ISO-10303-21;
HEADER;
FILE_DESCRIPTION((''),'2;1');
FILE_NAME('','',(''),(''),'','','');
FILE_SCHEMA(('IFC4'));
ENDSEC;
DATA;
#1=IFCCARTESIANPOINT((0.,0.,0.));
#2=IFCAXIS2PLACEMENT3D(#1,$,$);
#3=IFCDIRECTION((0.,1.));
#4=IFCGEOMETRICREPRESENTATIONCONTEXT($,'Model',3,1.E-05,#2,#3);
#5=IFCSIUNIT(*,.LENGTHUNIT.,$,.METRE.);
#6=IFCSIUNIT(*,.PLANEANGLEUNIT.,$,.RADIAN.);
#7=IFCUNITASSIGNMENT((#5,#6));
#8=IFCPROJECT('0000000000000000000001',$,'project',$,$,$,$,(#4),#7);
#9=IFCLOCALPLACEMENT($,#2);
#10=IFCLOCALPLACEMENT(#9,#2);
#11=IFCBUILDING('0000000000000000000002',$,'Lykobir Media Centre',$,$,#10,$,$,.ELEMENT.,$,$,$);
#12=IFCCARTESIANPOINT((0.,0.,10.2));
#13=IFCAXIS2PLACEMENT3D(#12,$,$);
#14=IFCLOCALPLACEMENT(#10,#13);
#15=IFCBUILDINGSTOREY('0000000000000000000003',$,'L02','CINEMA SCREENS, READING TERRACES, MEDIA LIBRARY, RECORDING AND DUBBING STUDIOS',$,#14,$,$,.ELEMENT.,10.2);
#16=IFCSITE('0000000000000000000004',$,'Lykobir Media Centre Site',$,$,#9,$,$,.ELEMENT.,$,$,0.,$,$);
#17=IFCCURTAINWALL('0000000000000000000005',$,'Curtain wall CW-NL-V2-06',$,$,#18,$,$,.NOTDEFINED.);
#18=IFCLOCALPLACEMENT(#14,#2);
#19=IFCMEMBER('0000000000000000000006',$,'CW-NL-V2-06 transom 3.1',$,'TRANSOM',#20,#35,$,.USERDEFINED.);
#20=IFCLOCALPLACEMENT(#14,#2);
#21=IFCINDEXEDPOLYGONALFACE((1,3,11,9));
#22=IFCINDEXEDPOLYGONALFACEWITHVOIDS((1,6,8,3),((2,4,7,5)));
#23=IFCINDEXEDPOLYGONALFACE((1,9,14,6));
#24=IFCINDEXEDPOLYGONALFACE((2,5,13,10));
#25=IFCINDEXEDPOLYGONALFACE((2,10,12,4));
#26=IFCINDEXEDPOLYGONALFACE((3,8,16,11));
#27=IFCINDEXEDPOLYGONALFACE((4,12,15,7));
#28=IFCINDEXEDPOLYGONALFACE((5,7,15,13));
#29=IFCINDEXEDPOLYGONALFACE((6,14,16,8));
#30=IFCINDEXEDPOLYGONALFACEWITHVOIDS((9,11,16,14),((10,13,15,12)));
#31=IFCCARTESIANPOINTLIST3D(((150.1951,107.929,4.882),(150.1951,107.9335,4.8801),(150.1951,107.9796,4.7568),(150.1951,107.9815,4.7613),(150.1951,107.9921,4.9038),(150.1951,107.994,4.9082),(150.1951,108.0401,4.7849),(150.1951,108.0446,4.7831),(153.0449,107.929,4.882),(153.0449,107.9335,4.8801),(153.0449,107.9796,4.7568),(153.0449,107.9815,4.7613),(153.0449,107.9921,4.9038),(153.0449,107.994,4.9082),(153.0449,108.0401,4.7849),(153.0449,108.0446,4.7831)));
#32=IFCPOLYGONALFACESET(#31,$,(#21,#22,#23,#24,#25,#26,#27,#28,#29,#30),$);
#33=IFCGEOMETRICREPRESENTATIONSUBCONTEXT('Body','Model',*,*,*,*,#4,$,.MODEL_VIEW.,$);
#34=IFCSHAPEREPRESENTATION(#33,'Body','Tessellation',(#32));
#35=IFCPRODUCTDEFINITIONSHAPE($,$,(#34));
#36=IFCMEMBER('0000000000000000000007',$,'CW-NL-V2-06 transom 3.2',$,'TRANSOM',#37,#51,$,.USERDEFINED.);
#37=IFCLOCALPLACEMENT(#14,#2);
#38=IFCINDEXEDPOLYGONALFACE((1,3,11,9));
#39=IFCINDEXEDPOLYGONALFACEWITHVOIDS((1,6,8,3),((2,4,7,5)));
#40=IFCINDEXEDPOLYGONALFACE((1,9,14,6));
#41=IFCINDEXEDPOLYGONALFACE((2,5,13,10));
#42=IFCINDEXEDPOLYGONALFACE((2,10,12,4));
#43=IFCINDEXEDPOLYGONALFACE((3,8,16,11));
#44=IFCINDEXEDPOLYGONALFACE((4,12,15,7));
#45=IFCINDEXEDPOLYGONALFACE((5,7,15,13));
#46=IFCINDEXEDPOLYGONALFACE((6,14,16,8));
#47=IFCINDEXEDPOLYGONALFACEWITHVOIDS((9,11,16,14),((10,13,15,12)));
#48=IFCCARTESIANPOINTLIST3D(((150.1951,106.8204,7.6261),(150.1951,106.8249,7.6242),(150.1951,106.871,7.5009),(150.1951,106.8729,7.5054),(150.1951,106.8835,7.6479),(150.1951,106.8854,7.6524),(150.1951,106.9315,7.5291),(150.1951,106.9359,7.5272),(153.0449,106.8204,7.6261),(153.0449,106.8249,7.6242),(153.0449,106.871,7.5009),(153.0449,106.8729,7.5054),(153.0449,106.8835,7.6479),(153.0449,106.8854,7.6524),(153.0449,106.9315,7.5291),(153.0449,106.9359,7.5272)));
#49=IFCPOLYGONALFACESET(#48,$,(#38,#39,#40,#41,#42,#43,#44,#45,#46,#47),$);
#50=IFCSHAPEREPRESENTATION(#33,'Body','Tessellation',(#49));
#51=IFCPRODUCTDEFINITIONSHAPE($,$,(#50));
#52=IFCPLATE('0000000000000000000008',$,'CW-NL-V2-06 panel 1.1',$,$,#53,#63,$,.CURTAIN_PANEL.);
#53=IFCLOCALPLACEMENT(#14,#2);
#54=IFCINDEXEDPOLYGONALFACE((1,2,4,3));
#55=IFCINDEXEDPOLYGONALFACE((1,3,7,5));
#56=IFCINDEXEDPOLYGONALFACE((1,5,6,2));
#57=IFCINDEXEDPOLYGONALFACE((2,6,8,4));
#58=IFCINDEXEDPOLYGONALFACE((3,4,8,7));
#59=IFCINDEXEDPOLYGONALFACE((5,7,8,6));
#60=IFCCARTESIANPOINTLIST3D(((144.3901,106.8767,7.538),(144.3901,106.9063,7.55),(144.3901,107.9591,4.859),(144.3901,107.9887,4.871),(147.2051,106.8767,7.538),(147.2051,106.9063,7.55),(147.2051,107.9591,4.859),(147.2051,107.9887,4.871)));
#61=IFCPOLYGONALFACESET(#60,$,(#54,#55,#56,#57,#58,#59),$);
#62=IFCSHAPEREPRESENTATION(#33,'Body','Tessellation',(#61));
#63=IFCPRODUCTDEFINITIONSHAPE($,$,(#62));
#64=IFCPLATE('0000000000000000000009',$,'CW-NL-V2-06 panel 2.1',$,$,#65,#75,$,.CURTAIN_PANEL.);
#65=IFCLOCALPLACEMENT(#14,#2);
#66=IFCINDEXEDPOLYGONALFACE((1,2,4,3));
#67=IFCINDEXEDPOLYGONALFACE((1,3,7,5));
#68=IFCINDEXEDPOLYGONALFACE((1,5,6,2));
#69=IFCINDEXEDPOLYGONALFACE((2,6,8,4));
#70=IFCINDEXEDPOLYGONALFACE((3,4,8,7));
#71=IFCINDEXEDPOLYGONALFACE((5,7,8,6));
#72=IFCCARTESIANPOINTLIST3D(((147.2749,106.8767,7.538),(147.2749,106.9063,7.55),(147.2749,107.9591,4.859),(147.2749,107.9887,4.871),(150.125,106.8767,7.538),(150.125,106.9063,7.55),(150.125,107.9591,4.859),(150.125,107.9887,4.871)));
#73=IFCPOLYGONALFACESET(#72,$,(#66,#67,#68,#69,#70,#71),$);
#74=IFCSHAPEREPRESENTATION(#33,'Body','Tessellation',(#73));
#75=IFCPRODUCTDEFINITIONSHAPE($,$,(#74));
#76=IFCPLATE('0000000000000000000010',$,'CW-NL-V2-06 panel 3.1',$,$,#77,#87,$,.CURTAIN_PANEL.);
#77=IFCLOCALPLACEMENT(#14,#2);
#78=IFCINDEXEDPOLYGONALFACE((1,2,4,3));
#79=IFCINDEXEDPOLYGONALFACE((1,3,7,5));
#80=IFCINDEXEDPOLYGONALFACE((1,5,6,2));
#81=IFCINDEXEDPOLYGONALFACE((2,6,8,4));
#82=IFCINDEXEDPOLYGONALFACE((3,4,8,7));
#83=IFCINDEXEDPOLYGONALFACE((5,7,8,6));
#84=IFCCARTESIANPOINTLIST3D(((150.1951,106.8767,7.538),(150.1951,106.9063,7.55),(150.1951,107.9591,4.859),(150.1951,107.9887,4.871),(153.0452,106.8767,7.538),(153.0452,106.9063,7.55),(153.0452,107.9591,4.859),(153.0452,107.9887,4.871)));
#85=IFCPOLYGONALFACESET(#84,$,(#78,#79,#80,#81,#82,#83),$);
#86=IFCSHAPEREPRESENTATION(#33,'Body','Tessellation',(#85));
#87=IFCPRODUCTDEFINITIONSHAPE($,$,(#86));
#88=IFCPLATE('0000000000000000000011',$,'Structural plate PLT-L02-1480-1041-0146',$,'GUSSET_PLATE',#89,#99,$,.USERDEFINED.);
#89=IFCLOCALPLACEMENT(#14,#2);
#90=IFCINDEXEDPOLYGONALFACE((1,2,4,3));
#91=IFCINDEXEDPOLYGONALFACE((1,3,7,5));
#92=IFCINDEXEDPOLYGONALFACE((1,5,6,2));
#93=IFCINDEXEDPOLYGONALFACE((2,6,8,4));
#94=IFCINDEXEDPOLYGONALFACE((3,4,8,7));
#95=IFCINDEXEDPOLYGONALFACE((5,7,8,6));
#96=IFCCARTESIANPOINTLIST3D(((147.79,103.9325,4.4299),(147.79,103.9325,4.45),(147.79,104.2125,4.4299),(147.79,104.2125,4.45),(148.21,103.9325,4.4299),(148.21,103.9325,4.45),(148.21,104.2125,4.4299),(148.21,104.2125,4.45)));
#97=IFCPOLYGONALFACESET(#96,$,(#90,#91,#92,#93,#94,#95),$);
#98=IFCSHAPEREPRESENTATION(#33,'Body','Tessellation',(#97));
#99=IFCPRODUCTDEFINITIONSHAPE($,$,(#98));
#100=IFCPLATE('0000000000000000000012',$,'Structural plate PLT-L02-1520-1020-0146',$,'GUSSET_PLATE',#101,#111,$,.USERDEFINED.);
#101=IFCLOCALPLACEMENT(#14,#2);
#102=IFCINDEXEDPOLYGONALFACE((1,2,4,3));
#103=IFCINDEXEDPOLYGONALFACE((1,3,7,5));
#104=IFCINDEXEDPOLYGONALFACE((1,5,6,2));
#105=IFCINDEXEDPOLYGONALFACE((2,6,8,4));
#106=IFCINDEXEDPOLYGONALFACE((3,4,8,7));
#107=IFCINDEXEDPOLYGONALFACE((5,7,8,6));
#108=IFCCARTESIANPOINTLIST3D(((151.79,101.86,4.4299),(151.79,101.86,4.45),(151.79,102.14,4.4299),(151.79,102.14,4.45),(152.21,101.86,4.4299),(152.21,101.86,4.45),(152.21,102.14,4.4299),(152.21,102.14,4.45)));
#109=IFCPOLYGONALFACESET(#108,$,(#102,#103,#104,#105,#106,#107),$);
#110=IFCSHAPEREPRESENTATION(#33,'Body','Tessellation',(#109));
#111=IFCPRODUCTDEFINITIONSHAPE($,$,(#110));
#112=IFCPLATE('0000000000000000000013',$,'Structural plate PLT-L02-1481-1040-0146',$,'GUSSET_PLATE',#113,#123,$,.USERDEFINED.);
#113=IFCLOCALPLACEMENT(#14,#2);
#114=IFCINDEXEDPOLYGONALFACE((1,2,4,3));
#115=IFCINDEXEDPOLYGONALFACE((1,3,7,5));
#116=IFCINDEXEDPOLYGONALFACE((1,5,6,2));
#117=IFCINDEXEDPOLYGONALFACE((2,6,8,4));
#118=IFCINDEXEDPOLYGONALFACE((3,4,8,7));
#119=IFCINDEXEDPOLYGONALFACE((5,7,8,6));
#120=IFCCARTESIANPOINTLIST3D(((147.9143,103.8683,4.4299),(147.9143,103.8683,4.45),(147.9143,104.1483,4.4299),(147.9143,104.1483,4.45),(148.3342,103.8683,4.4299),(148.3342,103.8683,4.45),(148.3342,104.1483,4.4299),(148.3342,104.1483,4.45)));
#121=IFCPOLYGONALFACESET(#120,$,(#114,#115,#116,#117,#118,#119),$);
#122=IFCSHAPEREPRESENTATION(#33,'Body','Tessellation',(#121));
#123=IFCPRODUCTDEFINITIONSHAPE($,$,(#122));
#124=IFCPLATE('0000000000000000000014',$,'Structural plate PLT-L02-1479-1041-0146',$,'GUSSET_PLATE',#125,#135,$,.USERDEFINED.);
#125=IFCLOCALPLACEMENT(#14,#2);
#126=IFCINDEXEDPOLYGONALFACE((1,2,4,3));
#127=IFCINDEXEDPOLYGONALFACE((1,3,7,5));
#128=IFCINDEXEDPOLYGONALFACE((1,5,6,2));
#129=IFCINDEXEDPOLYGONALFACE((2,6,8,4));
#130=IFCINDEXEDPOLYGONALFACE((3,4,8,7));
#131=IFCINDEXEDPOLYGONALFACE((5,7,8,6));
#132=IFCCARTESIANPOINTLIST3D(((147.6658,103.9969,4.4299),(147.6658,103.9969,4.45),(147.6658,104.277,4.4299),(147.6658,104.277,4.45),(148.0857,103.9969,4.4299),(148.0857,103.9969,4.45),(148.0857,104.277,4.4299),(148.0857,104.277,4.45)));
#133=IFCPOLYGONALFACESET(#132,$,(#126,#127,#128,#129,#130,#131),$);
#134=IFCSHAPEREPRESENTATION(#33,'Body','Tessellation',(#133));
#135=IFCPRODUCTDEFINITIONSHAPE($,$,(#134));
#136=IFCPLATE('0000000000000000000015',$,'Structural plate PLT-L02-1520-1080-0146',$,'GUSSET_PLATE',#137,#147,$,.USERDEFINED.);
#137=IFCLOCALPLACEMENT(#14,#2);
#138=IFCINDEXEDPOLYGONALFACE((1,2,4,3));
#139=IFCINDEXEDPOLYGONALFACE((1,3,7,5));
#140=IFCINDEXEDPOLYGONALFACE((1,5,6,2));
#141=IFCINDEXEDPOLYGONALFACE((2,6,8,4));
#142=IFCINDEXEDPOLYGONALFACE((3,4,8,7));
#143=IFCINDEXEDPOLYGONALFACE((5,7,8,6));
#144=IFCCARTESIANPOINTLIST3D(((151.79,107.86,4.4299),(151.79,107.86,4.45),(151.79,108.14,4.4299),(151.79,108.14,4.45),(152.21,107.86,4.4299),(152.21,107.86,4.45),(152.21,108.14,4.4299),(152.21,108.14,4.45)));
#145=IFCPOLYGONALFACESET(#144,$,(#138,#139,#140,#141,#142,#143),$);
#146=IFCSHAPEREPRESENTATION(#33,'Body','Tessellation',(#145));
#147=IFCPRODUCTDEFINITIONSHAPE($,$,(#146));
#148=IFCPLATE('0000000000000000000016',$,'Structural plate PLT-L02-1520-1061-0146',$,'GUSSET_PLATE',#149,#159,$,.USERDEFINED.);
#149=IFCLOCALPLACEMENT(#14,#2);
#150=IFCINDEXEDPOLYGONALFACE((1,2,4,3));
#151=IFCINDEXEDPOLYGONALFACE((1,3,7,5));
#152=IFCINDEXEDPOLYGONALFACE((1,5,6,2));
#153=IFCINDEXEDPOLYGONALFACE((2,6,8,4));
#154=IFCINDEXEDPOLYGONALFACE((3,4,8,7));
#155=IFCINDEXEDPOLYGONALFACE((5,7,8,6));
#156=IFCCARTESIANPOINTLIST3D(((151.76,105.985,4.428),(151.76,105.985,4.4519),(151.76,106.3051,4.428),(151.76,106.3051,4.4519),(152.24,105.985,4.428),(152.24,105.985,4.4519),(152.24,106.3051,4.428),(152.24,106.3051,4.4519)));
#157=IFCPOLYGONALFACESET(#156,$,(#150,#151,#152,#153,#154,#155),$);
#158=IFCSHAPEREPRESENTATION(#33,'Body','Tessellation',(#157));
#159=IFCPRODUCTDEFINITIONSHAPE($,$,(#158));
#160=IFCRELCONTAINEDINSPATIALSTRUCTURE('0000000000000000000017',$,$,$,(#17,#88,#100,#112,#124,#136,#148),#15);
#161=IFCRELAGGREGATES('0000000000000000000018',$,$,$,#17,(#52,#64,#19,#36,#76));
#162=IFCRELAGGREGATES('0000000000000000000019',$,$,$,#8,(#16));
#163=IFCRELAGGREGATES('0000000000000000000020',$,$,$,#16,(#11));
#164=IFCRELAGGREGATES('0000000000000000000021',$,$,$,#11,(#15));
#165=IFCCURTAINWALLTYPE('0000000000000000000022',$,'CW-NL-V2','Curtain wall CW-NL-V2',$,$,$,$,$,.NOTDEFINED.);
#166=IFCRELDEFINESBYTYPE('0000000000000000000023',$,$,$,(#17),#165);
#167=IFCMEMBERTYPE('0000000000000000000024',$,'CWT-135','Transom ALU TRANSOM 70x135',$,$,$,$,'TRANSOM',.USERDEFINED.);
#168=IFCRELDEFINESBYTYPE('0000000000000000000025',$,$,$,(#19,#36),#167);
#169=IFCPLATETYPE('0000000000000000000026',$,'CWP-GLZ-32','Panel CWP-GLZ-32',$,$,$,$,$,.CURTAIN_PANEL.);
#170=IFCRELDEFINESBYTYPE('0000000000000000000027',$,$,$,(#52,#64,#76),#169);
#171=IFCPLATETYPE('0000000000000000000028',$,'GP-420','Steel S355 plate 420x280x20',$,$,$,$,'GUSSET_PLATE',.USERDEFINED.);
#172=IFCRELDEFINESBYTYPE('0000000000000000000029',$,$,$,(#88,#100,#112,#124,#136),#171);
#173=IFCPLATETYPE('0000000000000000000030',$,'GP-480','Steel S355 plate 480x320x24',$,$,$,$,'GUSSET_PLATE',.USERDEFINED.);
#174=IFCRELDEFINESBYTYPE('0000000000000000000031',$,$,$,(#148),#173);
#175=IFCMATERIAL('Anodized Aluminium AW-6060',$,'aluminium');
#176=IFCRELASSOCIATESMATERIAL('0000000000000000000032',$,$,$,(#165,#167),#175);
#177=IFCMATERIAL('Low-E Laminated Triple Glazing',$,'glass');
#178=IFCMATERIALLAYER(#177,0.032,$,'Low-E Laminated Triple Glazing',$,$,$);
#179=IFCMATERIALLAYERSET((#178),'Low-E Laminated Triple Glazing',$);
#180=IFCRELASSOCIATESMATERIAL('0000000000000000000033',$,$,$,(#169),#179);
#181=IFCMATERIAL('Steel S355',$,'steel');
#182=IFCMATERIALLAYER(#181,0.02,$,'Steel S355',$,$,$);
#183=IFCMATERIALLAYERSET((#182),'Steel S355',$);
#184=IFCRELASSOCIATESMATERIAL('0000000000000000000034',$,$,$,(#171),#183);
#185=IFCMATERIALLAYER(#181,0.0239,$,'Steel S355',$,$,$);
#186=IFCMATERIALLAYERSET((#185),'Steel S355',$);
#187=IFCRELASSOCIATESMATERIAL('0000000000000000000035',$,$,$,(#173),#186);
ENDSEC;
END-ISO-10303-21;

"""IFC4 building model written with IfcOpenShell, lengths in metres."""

from ifc_helpers import new_model, si_unit, direction, frame, origin, origin_2d, place, context, subcontext, project, spatial, rectangle, hollow_rectangle, extrude, material, layer, layer_set, material_profile, profile_set, type_object, element, aggregate, save


model = new_model("IFC4")

# Units and contexts
model_context = context("Model", 3, precision=1e-05, world=origin(), true_north=direction((0.0, 1.0)))
body_context = subcontext(model_context, "Body", "Model", "MODEL_VIEW")
ifc_project = project(units=[si_unit("LENGTHUNIT", "METRE"), si_unit("PLANEANGLEUNIT", "RADIAN")], contexts=[model_context])

# Site, building, storey
site_placement = place(None, origin())
site = spatial("IfcSite", under=ifc_project, at=site_placement, Name="Lykobir Media Centre Site", CompositionType="ELEMENT", RefElevation=0.0)
building_placement = place(site_placement, origin())
building = spatial("IfcBuilding", under=site, at=building_placement, Name="Lykobir Media Centre", CompositionType="ELEMENT")
storey_placement = place(building_placement, frame((0.0, 0.0, 10.2)))
storey = spatial("IfcBuildingStorey", under=building, at=storey_placement, Name="L02", Description="CINEMA SCREENS, READING TERRACES, MEDIA LIBRARY, RECORDING AND DUBBING STUDIOS", CompositionType="ELEMENT", Elevation=10.2)

# Shared definitions
ifc_material_1 = material(Name="Steel S355", Category="steel")

# Curtain wall, members, plates
ifc_material_2 = material(Name="Anodized Aluminium AW-6060", Category="aluminium")
curtain_wall_type = type_object("IfcCurtainWallType", Name="CW-NL-V2", Description="Curtain wall CW-NL-V2", PredefinedType="NOTDEFINED", material=ifc_material_2)
curtain_wall_placement = place(storey_placement, origin())
curtain_wall = element("IfcCurtainWall", 1, at=curtain_wall_placement, inside=storey, type_object=curtain_wall_type, Name="Curtain wall CW-NL-V2-06", PredefinedType="NOTDEFINED")
ifc_material_profile_1 = material_profile(ifc_material_2, hollow_rectangle(XDim=0.0701, YDim=0.135, WallThickness=0.0034, at=origin_2d()), Name="ALU TRANSOM 70x135")
ifc_profile_set_1 = profile_set([ifc_material_profile_1], Name="Anodized Aluminium AW-6060")
member_type_1 = type_object("IfcMemberType", Name="CWT-135", Description="Transom ALU TRANSOM 70x135", ElementType="TRANSOM", PredefinedType="USERDEFINED", material=ifc_profile_set_1)
member_1_placement = place(storey_placement, frame((150.1951, 107.9868, 4.8325), z_axis=(1.0, 0.0, 0.0), x_axis=(0.0, 0.927184, 0.374607)))
member_1 = element("IfcMember", 2, at=member_1_placement, type_object=member_type_1, Name="CW-NL-V2-06 transom 3.1", ObjectType="TRANSOM", PredefinedType="USERDEFINED", context=body_context, shape_type="SweptSolid", body=[
    extrude(hollow_rectangle(XDim=0.0701, YDim=0.135, WallThickness=0.0034, at=origin_2d()), origin(), (0.0, 0.0, 1.0), 2.8499),
])
member_2_placement = place(storey_placement, frame((150.1951, 106.8782, 7.5767), z_axis=(1.0, 0.0, 0.0), x_axis=(0.0, 0.927184, 0.374607)))
member_2 = element("IfcMember", 3, at=member_2_placement, type_object=member_type_1, Name="CW-NL-V2-06 transom 3.2", ObjectType="TRANSOM", PredefinedType="USERDEFINED", context=body_context, shape_type="SweptSolid", body=[
    extrude(hollow_rectangle(XDim=0.0701, YDim=0.135, WallThickness=0.0034, at=origin_2d()), origin(), (0.0, 0.0, 1.0), 2.8499),
])
ifc_material_3 = material(Name="Low-E Laminated Triple Glazing", Category="glass")
ifc_layer_1 = layer(ifc_material_3, 0.032, Name="Low-E Laminated Triple Glazing")
ifc_layer_set_1 = layer_set([ifc_layer_1], Name="Low-E Laminated Triple Glazing")
plate_type_1 = type_object("IfcPlateType", Name="CWP-GLZ-32", Description="Panel CWP-GLZ-32", PredefinedType="CURTAIN_PANEL", material=ifc_layer_set_1)
plate_1_placement = place(storey_placement, frame((145.7976, 107.9739, 4.865), z_axis=(0.0, -0.374607, 0.927184), x_axis=(1.0, 0.0, 0.0)))
plate_1 = element("IfcPlate", 4, at=plate_1_placement, type_object=plate_type_1, Name="CW-NL-V2-06 panel 1.1", PredefinedType="CURTAIN_PANEL", context=body_context, shape_type="SweptSolid", body=[
    extrude(rectangle(XDim=2.8149, YDim=0.032, at=origin_2d()), origin(), (0.0, 0.0, 1.0), 2.8894),
])
plate_2_placement = place(storey_placement, frame((148.7, 107.9739, 4.865), z_axis=(0.0, -0.374607, 0.927184), x_axis=(1.0, 0.0, 0.0)))
plate_2 = element("IfcPlate", 5, at=plate_2_placement, type_object=plate_type_1, Name="CW-NL-V2-06 panel 2.1", PredefinedType="CURTAIN_PANEL", context=body_context, shape_type="SweptSolid", body=[
    extrude(rectangle(XDim=2.8501, YDim=0.032, at=origin_2d()), origin(), (0.0, 0.0, 1.0), 2.8894),
])
plate_3_placement = place(storey_placement, frame((151.6201, 107.9739, 4.865), z_axis=(0.0, -0.374607, 0.927184), x_axis=(1.0, 0.0, 0.0)))
plate_3 = element("IfcPlate", 6, at=plate_3_placement, type_object=plate_type_1, Name="CW-NL-V2-06 panel 3.1", PredefinedType="CURTAIN_PANEL", context=body_context, shape_type="SweptSolid", body=[
    extrude(rectangle(XDim=2.8501, YDim=0.032, at=origin_2d()), origin(), (0.0, 0.0, 1.0), 2.8894),
])
aggregate(curtain_wall, [plate_1, plate_2, member_1, member_2, plate_3])

# Plates
ifc_layer_2 = layer(ifc_material_1, 0.02, Name="Steel S355")
ifc_layer_set_2 = layer_set([ifc_layer_2], Name="Steel S355")
plate_type_2 = type_object("IfcPlateType", Name="GP-420", Description="Steel S355 plate 420x280x20", ElementType="GUSSET_PLATE", PredefinedType="USERDEFINED", material=ifc_layer_set_2)
for number, where, z_axis, x_axis, name in (
    (7, (148.0, 104.0725, 4.4299), (0.0, 0.0, 1.0), (1.0, 0.0, 0.0), "Structural plate PLT-L02-1480-1041-0146"),
    (8, (152.0, 102.0, 4.4299), (0.0, 0.0, 1.0), (1.0, 0.0, 0.0), "Structural plate PLT-L02-1520-1020-0146"),
    (9, (148.1243, 104.0083, 4.4299), (0.0, 0.0, 1.0), (1.0, 0.0, 0.0), "Structural plate PLT-L02-1481-1040-0146"),
    (10, (147.8757, 104.137, 4.4299), (0.0, 0.0, 1.0), (1.0, 0.0, 0.0), "Structural plate PLT-L02-1479-1041-0146"),
    (11, (152.0, 108.0, 4.4299), (0.0, 0.0, 1.0), (1.0, 0.0, 0.0), "Structural plate PLT-L02-1520-1080-0146"),
):
    element("IfcPlate", number, at=place(storey_placement, frame(where, z_axis=z_axis, x_axis=x_axis)), inside=storey, type_object=plate_type_2, Name=name, ObjectType="GUSSET_PLATE", PredefinedType="USERDEFINED", context=body_context, shape_type="SweptSolid", body=[
        extrude(rectangle(XDim=0.4199, YDim=0.28, at=origin_2d()), origin(), (0.0, 0.0, 1.0), 0.02),
    ])
ifc_layer_3 = layer(ifc_material_1, 0.0239, Name="Steel S355")
ifc_layer_set_3 = layer_set([ifc_layer_3], Name="Steel S355")
plate_type_3 = type_object("IfcPlateType", Name="GP-480", Description="Steel S355 plate 480x320x24", ElementType="GUSSET_PLATE", PredefinedType="USERDEFINED", material=ifc_layer_set_3)
plate_4_placement = place(storey_placement, frame((152.0, 106.145, 4.428), z_axis=(0.0, 0.0, 1.0), x_axis=(1.0, 0.0, 0.0)))
element("IfcPlate", 12, at=plate_4_placement, inside=storey, type_object=plate_type_3, Name="Structural plate PLT-L02-1520-1061-0146", ObjectType="GUSSET_PLATE", PredefinedType="USERDEFINED", context=body_context, shape_type="SweptSolid", body=[
    extrude(rectangle(XDim=0.48, YDim=0.3201, at=origin_2d()), origin(), (0.0, 0.0, 1.0), 0.0239),
])

save(model, "model.ifc")
